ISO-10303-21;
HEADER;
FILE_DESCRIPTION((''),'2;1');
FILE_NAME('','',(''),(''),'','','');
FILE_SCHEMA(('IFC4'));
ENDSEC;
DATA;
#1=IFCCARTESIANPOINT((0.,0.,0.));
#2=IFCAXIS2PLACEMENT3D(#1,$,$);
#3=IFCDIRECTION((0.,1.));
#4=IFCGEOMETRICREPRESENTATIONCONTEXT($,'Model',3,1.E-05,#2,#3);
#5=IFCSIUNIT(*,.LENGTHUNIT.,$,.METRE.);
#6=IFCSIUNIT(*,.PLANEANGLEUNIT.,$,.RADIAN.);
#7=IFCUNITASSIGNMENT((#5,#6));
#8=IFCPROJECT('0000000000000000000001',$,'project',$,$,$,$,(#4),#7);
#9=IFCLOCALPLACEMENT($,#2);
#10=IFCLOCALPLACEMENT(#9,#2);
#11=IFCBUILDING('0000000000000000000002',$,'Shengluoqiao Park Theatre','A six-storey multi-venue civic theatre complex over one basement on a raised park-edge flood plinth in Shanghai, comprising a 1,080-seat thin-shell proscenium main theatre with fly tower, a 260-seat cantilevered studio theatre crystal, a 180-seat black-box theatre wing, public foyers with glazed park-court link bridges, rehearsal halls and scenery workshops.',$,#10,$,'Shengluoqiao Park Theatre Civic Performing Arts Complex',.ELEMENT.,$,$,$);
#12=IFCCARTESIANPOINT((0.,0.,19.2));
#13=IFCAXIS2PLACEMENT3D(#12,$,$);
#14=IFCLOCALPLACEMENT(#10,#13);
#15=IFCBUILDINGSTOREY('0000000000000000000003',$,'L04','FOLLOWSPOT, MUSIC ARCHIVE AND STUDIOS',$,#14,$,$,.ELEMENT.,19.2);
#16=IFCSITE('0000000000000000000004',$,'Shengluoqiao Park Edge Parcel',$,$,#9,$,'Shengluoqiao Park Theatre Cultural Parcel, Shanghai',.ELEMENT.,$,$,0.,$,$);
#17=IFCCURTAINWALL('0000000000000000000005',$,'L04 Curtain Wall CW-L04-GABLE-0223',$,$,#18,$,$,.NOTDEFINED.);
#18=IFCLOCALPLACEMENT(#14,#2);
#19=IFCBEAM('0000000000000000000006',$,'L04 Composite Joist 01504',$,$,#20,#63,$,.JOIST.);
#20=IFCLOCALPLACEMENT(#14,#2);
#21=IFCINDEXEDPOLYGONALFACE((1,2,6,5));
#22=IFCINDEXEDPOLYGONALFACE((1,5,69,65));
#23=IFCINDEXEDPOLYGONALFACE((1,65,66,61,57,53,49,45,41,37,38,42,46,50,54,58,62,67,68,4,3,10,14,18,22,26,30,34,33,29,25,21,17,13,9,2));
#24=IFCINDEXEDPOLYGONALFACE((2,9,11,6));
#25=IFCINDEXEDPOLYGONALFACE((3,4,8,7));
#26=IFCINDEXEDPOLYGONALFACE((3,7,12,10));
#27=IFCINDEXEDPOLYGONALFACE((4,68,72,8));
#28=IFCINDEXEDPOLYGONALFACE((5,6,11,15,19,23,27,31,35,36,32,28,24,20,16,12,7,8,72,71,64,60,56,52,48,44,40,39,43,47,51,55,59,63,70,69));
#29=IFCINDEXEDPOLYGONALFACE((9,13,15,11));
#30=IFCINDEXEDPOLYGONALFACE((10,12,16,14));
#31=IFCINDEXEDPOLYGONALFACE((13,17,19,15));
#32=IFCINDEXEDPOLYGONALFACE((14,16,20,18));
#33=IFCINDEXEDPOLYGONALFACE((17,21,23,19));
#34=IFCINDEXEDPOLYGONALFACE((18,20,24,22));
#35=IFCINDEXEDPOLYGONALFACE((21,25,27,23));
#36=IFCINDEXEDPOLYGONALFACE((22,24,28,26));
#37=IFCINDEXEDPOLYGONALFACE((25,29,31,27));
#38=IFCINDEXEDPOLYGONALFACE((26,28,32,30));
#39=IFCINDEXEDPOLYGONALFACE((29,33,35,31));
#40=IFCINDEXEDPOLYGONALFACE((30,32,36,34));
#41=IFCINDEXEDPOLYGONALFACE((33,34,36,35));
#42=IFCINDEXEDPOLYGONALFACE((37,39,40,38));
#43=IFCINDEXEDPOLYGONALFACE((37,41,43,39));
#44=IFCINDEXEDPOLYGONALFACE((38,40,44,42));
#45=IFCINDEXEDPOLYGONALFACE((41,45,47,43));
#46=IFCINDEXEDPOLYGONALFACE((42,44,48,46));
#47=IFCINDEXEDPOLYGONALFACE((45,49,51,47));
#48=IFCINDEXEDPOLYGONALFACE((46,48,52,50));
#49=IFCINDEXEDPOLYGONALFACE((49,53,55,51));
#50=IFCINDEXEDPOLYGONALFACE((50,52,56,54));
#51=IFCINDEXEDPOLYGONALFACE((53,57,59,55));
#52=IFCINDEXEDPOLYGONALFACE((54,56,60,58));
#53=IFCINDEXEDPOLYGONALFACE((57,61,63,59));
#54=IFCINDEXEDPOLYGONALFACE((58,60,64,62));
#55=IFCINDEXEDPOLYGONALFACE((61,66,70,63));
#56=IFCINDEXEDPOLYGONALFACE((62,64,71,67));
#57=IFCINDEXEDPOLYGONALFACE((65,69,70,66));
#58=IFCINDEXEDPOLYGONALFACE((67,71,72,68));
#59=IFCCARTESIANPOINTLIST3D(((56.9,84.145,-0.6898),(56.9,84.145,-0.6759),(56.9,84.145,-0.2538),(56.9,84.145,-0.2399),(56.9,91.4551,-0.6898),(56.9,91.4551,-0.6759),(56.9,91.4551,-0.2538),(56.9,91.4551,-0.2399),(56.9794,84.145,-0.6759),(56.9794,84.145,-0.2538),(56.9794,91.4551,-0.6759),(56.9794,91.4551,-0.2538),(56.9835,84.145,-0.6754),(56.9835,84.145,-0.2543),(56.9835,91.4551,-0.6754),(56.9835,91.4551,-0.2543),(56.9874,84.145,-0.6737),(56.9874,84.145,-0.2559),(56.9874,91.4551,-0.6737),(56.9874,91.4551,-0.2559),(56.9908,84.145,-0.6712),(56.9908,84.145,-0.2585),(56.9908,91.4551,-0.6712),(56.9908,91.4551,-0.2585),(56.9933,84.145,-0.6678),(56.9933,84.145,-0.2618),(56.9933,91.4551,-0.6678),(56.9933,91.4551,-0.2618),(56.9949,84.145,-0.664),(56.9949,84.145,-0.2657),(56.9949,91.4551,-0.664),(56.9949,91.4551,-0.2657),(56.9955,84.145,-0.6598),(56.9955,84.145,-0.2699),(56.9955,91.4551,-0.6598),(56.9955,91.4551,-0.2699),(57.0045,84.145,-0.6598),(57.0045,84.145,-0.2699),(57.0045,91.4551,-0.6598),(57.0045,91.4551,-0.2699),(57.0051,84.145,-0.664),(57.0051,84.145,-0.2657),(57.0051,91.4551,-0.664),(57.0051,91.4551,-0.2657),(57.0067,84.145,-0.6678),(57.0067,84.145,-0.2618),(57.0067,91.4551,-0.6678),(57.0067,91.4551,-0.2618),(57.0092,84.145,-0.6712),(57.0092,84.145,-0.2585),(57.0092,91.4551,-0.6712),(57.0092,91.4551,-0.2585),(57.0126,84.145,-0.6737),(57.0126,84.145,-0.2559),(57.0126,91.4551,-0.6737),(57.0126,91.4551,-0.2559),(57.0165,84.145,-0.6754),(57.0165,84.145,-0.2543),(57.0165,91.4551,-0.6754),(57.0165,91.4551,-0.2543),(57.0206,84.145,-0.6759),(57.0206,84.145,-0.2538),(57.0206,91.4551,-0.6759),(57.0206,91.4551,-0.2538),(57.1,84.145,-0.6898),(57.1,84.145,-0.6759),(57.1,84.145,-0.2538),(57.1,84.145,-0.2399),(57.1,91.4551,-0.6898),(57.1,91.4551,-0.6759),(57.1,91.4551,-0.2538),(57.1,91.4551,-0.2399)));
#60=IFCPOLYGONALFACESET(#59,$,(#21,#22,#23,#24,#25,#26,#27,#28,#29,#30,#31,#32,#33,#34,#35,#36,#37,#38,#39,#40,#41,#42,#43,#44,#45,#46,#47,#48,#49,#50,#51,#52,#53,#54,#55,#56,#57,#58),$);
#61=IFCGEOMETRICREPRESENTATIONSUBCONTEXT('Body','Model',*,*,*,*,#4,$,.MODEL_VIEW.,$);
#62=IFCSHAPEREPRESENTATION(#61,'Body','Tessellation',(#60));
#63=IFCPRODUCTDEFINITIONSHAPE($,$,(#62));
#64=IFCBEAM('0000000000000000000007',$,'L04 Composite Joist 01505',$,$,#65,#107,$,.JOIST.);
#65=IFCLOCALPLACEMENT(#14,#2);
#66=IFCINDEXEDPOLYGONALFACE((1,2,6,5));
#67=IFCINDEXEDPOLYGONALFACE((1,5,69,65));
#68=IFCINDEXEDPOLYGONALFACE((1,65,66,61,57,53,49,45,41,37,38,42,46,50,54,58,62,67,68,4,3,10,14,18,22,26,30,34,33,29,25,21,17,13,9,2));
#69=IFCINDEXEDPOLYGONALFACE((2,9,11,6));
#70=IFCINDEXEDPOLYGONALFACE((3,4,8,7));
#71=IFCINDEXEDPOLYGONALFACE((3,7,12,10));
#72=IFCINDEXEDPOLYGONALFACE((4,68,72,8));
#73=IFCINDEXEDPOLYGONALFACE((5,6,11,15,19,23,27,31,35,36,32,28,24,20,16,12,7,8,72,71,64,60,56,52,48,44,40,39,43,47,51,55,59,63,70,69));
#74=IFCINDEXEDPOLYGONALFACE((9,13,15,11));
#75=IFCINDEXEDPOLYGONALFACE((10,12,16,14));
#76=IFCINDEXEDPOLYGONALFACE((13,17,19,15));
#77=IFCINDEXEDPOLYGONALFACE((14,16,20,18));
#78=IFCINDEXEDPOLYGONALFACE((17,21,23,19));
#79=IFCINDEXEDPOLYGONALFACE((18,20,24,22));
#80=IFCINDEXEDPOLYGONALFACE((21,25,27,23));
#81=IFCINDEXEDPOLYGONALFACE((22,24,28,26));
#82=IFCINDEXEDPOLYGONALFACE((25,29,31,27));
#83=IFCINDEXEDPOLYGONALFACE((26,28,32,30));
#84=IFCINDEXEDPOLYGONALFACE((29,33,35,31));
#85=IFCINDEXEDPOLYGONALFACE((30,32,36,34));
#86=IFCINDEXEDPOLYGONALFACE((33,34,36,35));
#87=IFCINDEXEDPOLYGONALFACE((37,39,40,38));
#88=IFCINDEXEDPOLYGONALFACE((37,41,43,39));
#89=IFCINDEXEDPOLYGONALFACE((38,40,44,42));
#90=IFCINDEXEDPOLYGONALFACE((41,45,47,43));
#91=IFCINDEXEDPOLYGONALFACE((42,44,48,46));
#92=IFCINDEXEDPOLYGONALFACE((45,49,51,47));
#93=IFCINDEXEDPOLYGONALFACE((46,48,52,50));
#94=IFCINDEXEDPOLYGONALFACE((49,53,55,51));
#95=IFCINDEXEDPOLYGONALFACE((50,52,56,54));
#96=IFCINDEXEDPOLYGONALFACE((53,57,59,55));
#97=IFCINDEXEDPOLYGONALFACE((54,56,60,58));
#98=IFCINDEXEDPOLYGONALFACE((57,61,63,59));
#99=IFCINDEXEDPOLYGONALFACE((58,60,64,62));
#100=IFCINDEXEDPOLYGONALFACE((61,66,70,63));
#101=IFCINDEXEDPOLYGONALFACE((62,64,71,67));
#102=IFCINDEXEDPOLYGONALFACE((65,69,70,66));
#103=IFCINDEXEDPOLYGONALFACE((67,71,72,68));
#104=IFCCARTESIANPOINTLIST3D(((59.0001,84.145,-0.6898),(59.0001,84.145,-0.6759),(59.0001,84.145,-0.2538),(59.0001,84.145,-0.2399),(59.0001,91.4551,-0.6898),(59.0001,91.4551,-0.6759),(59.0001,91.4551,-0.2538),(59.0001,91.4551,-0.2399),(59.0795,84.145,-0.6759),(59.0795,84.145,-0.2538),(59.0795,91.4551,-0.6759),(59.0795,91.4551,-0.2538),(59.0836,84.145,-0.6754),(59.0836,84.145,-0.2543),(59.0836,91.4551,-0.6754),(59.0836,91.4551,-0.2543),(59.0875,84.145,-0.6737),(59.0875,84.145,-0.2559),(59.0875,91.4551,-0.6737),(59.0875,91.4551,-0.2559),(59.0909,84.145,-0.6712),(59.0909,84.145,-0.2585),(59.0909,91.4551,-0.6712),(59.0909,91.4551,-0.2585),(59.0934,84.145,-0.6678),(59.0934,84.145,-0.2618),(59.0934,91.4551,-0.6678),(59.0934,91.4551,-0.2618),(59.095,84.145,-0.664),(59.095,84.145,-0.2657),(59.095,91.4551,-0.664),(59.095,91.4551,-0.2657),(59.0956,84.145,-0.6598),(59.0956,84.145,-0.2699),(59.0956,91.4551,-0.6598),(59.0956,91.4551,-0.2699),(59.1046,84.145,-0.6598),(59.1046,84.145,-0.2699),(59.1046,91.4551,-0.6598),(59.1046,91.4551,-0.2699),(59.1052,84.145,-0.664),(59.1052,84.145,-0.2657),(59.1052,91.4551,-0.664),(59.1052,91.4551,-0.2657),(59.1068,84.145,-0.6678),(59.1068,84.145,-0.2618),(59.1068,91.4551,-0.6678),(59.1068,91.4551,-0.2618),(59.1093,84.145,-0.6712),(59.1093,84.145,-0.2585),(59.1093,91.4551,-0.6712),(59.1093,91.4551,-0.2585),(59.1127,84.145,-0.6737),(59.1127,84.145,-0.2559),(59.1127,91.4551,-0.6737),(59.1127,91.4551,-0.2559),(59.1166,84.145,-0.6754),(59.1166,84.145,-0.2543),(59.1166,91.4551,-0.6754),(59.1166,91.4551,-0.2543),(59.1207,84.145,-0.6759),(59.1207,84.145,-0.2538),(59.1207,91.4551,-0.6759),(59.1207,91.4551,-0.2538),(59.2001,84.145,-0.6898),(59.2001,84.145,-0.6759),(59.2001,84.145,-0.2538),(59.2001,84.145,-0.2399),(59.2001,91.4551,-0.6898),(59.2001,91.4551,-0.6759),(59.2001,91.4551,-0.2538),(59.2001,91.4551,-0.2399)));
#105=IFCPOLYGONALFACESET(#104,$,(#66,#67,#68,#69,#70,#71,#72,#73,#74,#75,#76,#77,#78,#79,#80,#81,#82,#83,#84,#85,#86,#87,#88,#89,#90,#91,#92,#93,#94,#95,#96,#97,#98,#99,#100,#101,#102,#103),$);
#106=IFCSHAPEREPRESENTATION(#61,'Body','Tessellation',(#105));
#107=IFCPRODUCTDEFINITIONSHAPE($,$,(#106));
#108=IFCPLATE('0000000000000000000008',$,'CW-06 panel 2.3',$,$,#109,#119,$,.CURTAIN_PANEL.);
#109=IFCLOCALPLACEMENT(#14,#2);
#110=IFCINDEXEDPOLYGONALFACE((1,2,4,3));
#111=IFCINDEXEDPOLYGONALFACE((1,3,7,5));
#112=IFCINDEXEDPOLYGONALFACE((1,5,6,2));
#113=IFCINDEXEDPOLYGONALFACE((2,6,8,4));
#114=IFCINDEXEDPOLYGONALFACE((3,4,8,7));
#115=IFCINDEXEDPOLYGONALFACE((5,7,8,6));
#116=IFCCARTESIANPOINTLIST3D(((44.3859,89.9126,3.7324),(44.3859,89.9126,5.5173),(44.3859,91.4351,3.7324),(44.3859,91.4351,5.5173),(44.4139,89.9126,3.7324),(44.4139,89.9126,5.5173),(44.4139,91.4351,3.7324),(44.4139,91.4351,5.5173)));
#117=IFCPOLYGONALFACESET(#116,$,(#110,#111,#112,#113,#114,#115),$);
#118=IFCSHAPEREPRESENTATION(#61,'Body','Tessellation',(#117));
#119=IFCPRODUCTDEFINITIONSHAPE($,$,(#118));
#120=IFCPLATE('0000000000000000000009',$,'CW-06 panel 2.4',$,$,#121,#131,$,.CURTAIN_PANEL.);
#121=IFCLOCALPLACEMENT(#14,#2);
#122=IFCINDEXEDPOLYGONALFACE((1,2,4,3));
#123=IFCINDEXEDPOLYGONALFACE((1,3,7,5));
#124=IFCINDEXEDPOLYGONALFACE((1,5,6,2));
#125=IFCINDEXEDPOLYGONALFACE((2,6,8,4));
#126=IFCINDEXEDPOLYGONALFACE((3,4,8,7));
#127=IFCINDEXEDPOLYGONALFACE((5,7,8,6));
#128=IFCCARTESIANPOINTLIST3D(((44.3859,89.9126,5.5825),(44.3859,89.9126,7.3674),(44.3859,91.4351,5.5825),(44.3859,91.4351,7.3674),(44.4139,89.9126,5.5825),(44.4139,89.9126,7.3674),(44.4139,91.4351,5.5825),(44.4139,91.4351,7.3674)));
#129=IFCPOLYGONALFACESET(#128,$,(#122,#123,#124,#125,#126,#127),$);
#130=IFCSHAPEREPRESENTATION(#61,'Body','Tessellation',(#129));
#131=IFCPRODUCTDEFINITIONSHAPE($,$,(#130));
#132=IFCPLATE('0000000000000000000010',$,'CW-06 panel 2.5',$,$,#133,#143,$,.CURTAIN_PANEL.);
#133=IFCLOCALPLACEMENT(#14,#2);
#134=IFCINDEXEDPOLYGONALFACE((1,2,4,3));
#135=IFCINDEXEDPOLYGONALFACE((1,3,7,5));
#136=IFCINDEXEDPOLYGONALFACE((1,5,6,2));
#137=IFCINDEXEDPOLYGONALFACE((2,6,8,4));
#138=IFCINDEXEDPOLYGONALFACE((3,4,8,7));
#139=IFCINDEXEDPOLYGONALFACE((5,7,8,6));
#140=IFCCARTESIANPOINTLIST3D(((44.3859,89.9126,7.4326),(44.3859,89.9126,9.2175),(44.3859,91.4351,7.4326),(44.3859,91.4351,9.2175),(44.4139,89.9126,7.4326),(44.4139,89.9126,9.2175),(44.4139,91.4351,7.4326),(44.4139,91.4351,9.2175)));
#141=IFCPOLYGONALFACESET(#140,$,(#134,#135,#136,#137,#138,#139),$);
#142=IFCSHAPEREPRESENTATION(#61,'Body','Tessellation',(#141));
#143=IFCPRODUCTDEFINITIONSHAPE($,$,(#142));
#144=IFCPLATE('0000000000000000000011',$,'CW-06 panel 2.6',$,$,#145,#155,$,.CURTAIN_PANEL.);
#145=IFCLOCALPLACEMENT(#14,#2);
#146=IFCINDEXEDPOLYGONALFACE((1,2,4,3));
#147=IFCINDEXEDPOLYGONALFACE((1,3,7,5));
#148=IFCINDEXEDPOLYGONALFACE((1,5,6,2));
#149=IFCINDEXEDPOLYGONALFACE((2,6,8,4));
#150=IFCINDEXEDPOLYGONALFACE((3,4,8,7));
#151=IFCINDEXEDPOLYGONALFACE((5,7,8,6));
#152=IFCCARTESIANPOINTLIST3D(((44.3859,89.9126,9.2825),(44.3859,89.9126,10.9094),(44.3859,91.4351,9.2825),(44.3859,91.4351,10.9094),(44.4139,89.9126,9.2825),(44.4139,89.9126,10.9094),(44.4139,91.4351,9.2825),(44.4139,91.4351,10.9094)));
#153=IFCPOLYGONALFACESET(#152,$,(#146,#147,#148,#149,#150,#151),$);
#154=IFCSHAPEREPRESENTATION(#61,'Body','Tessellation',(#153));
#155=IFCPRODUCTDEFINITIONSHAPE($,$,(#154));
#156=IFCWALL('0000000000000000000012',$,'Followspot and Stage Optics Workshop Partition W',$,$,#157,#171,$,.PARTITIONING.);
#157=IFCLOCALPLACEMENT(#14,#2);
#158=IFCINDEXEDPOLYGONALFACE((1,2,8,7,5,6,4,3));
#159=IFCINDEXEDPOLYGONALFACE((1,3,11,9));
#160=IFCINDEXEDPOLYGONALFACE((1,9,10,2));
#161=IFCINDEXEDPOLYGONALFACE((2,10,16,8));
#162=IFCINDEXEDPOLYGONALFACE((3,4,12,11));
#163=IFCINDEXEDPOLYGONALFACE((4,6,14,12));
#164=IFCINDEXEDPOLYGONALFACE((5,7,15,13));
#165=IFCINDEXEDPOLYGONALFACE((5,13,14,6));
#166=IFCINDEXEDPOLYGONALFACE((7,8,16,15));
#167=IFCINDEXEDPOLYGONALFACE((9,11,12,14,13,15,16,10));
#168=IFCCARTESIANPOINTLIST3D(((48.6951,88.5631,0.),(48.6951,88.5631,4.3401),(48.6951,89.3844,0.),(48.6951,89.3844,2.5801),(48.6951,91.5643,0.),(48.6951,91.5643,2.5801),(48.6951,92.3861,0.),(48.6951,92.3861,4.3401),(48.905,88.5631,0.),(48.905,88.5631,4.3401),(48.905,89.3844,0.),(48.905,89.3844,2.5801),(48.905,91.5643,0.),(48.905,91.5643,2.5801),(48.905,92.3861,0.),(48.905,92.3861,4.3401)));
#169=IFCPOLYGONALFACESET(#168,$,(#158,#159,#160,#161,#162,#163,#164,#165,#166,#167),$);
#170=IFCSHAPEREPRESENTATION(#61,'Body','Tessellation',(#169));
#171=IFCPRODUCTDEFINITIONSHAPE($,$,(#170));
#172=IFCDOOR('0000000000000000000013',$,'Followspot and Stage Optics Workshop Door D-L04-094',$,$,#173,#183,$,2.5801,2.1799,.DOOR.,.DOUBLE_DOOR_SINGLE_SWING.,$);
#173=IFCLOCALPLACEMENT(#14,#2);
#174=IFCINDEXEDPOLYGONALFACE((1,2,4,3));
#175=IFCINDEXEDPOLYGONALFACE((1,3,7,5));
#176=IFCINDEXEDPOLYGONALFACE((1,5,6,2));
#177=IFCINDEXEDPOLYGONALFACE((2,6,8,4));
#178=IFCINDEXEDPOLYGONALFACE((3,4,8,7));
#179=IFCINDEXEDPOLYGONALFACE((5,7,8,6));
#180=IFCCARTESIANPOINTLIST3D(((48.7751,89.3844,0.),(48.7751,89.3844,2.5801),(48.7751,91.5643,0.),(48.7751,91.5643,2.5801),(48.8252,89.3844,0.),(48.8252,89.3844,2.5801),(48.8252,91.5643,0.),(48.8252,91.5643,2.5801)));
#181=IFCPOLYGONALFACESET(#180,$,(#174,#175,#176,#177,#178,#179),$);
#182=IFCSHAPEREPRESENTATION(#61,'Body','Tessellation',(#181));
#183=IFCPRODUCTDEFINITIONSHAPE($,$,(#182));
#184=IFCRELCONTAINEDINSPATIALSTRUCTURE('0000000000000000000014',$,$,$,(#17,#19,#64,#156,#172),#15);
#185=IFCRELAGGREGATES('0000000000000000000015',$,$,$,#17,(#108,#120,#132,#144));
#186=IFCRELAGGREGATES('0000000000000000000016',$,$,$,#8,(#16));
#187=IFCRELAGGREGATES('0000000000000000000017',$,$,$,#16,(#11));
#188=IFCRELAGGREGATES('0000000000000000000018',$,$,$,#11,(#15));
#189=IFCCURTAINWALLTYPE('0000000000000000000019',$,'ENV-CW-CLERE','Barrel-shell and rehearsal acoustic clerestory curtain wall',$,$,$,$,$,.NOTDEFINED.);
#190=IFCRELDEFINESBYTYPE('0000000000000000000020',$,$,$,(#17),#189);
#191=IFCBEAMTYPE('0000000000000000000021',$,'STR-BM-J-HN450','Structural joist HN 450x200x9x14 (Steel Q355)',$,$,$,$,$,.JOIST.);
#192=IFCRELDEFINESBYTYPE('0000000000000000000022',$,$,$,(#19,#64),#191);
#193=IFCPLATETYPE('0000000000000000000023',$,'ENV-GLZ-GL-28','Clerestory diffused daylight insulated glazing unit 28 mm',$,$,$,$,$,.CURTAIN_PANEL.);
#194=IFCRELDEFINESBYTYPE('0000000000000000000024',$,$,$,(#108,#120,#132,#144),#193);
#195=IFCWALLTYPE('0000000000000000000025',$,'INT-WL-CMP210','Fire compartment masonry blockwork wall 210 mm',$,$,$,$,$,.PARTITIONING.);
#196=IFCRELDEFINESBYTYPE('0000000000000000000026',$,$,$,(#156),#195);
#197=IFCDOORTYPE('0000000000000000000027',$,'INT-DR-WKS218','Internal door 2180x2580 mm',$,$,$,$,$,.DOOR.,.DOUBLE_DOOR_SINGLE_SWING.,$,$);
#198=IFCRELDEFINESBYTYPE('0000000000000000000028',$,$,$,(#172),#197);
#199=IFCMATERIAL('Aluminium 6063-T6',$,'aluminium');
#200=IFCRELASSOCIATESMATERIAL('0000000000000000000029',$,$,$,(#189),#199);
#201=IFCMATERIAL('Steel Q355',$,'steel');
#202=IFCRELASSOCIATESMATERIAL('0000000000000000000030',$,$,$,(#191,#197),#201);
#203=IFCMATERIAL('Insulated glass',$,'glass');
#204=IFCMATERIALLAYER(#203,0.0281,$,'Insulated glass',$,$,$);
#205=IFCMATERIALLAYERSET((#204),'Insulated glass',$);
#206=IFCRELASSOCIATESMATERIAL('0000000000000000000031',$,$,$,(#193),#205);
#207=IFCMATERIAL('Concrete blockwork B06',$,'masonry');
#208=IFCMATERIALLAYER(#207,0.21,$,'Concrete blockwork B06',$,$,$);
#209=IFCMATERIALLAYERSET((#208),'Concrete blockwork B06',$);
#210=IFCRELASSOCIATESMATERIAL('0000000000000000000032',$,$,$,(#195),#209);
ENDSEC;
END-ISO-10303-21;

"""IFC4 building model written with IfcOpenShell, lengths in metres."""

from ifc_helpers import new_model, si_unit, direction, frame, frame_2d, origin, origin_2d, place, context, subcontext, project, spatial, rectangle, i_section, extrude, material, layer, layer_set, material_profile, profile_set, type_object, element, fill, aggregate, save


model = new_model("IFC4")

# Units and contexts
model_context = context("Model", 3, precision=1e-05, world=origin(), true_north=direction((0.0, 1.0)))
body_context = subcontext(model_context, "Body", "Model", "MODEL_VIEW")
ifc_project = project(units=[si_unit("LENGTHUNIT", "METRE"), si_unit("PLANEANGLEUNIT", "RADIAN")], contexts=[model_context])

# Site, building, storey
site_placement = place(None, origin())
site = spatial("IfcSite", under=ifc_project, at=site_placement, Name="Shengluoqiao Park Edge Parcel", LongName="Shengluoqiao Park Theatre Cultural Parcel, Shanghai", CompositionType="ELEMENT", RefElevation=0.0)
building_placement = place(site_placement, origin())
building = spatial("IfcBuilding", under=site, at=building_placement, Name="Shengluoqiao Park Theatre", Description="A six-storey multi-venue civic theatre complex over one basement on a raised park-edge flood plinth in Shanghai, comprising a 1,080-seat thin-shell proscenium main theatre with fly tower, a 260-seat cantilevered studio theatre crystal, a 180-seat black-box theatre wing, public foyers with glazed park-court link bridges, rehearsal halls and scenery workshops.", LongName="Shengluoqiao Park Theatre Civic Performing Arts Complex", CompositionType="ELEMENT")
storey_placement = place(building_placement, frame((0.0, 0.0, 19.2)))
storey = spatial("IfcBuildingStorey", under=building, at=storey_placement, Name="L04", Description="FOLLOWSPOT, MUSIC ARCHIVE AND STUDIOS", CompositionType="ELEMENT", Elevation=19.2)

# Curtain wall
ifc_material_1 = material(Name="Aluminium 6063-T6", Category="aluminium")
curtain_wall_type = type_object("IfcCurtainWallType", Name="ENV-CW-CLERE", Description="Barrel-shell and rehearsal acoustic clerestory curtain wall", PredefinedType="NOTDEFINED", material=ifc_material_1)
curtain_wall_1_placement = place(storey_placement, origin())
curtain_wall_1 = element("IfcCurtainWall", 1, at=curtain_wall_1_placement, inside=storey, type_object=curtain_wall_type, Name="L04 Curtain Wall CW-L04-GABLE-0223", PredefinedType="NOTDEFINED")

# Beams
ifc_material_2 = material(Name="Steel Q355", Category="steel")
ifc_material_profile_1 = material_profile(ifc_material_2, i_section(OverallWidth=0.2, OverallDepth=0.45, WebThickness=0.009, FlangeThickness=0.0139, FilletRadius=0.0161, at=origin_2d()), Name="HN 450x200x9x14")
ifc_profile_set_1 = profile_set([ifc_material_profile_1], Name="Steel Q355")
beam_type_1 = type_object("IfcBeamType", Name="STR-BM-J-HN450", Description="Structural joist HN 450x200x9x14 (Steel Q355)", PredefinedType="JOIST", material=ifc_profile_set_1)
for number, where, z_axis, x_axis, name in (
    (2, (57.0, 84.145, -0.4648), (0.0, 1.0, 0.0), (-1.0, 0.0, 0.0), "L04 Composite Joist 01504"),
    (3, (59.1001, 84.145, -0.4648), (0.0, 1.0, 0.0), (-1.0, 0.0, 0.0), "L04 Composite Joist 01505"),
):
    element("IfcBeam", number, at=place(storey_placement, frame(where, z_axis=z_axis, x_axis=x_axis)), inside=storey, type_object=beam_type_1, Name=name, PredefinedType="JOIST", context=body_context, shape_type="SweptSolid", body=[
        extrude(i_section(OverallWidth=0.2, OverallDepth=0.45, WebThickness=0.009, FlangeThickness=0.0139, FilletRadius=0.0161, at=origin_2d()), origin(), (0.0, 0.0, 1.0), 7.3101),
    ])

# Plates
ifc_material_3 = material(Name="Insulated glass", Category="glass")
ifc_layer_1 = layer(ifc_material_3, 0.0281, Name="Insulated glass")
ifc_layer_set_1 = layer_set([ifc_layer_1], Name="Insulated glass")
plate_type = type_object("IfcPlateType", Name="ENV-GLZ-GL-28", Description="Clerestory diffused daylight insulated glazing unit 28 mm", PredefinedType="CURTAIN_PANEL", material=ifc_layer_set_1)
plate_1_placement = place(storey_placement, frame((44.3999, 90.6738, 3.7324), z_axis=(0.0, 0.0, 1.0), x_axis=(0.0, 1.0, 0.0)))
plate_1 = element("IfcPlate", 4, at=plate_1_placement, type_object=plate_type, Name="CW-06 panel 2.3", PredefinedType="CURTAIN_PANEL", context=body_context, shape_type="SweptSolid", body=[
    extrude(rectangle(XDim=1.5225, YDim=0.0281, at=origin_2d()), origin(), (0.0, 0.0, 1.0), 1.7849),
])
plate_2_placement = place(storey_placement, frame((44.3999, 90.6738, 5.5825), z_axis=(0.0, 0.0, 1.0), x_axis=(0.0, 1.0, 0.0)))
plate_2 = element("IfcPlate", 5, at=plate_2_placement, type_object=plate_type, Name="CW-06 panel 2.4", PredefinedType="CURTAIN_PANEL", context=body_context, shape_type="SweptSolid", body=[
    extrude(rectangle(XDim=1.5225, YDim=0.0281, at=origin_2d()), origin(), (0.0, 0.0, 1.0), 1.7849),
])
plate_3_placement = place(storey_placement, frame((44.3999, 90.6738, 7.4326), z_axis=(0.0, 0.0, 1.0), x_axis=(0.0, 1.0, 0.0)))
plate_3 = element("IfcPlate", 6, at=plate_3_placement, type_object=plate_type, Name="CW-06 panel 2.5", PredefinedType="CURTAIN_PANEL", context=body_context, shape_type="SweptSolid", body=[
    extrude(rectangle(XDim=1.5225, YDim=0.0281, at=origin_2d()), origin(), (0.0, 0.0, 1.0), 1.7849),
])
plate_4_placement = place(storey_placement, frame((44.3999, 90.6738, 9.2825), z_axis=(0.0, 0.0, 1.0), x_axis=(0.0, 1.0, 0.0)))
plate_4 = element("IfcPlate", 7, at=plate_4_placement, type_object=plate_type, Name="CW-06 panel 2.6", PredefinedType="CURTAIN_PANEL", context=body_context, shape_type="SweptSolid", body=[
    extrude(rectangle(XDim=1.5225, YDim=0.0281, at=origin_2d()), origin(), (0.0, 0.0, 1.0), 1.627),
])
aggregate(curtain_wall_1, [plate_1, plate_2, plate_3, plate_4])

# Wall, opening, door
ifc_material_4 = material(Name="Concrete blockwork B06", Category="masonry")
ifc_layer_2 = layer(ifc_material_4, 0.21, Name="Concrete blockwork B06")
ifc_layer_set_2 = layer_set([ifc_layer_2], Name="Concrete blockwork B06")
wall_type_1 = type_object("IfcWallType", Name="INT-WL-CMP210", Description="Fire compartment masonry blockwork wall 210 mm", PredefinedType="PARTITIONING", material=ifc_layer_set_2)
wall_1_placement = place(storey_placement, frame((48.8, 88.563, 0.0), z_axis=(0.0, 0.0, 1.0), x_axis=(0.0, 1.0, 0.0)))
wall_1 = element("IfcWall", 8, at=wall_1_placement, inside=storey, type_object=wall_type_1, Name="Followspot and Stage Optics Workshop Partition W", PredefinedType="PARTITIONING", context=body_context, shape_type="SweptSolid", body=[
    extrude(rectangle(XDim=3.823, YDim=0.21, at=frame_2d((1.9116, 0.0))), origin(), (0.0, 0.0, 1.0), 4.3401),
])
opening_1_placement = place(wall_1_placement, frame((0.8215, 0.0, 0.0)))
opening_1 = element("IfcOpeningElement", 9, at=opening_1_placement, cuts=wall_1, PredefinedType="OPENING", context=body_context, shape_type="SweptSolid", body=[
    extrude(rectangle(XDim=2.1799, YDim=2.5801, at=frame_2d((1.0898, 1.29))), frame((0.0, 0.115, 0.0), z_axis=(0.0, -1.0, 0.0), x_axis=(1.0, 0.0, 0.0)), (0.0, 0.0, 1.0), 0.23),
])
door_type_1 = type_object("IfcDoorType", Name="INT-DR-WKS218", Description="Internal door 2180x2580 mm", OperationType="DOUBLE_DOOR_SINGLE_SWING", PredefinedType="DOOR", material=ifc_material_2)
door_1_placement = place(opening_1_placement, origin())
door_1 = element("IfcDoor", 10, at=door_1_placement, inside=storey, type_object=door_type_1, Name="Followspot and Stage Optics Workshop Door D-L04-094", OperationType="DOUBLE_DOOR_SINGLE_SWING", OverallHeight=2.5801, OverallWidth=2.1799, PredefinedType="DOOR", context=body_context, shape_type="SweptSolid", body=[
    extrude(rectangle(XDim=2.1799, YDim=2.5801, at=frame_2d((1.0898, 1.29))), frame((0.0, 0.0249, 0.0), z_axis=(0.0, -1.0, 0.0), x_axis=(1.0, 0.0, 0.0)), (0.0, 0.0, 1.0), 0.05),
])
fill(opening_1, door_1)

save(model, "model.ifc")
